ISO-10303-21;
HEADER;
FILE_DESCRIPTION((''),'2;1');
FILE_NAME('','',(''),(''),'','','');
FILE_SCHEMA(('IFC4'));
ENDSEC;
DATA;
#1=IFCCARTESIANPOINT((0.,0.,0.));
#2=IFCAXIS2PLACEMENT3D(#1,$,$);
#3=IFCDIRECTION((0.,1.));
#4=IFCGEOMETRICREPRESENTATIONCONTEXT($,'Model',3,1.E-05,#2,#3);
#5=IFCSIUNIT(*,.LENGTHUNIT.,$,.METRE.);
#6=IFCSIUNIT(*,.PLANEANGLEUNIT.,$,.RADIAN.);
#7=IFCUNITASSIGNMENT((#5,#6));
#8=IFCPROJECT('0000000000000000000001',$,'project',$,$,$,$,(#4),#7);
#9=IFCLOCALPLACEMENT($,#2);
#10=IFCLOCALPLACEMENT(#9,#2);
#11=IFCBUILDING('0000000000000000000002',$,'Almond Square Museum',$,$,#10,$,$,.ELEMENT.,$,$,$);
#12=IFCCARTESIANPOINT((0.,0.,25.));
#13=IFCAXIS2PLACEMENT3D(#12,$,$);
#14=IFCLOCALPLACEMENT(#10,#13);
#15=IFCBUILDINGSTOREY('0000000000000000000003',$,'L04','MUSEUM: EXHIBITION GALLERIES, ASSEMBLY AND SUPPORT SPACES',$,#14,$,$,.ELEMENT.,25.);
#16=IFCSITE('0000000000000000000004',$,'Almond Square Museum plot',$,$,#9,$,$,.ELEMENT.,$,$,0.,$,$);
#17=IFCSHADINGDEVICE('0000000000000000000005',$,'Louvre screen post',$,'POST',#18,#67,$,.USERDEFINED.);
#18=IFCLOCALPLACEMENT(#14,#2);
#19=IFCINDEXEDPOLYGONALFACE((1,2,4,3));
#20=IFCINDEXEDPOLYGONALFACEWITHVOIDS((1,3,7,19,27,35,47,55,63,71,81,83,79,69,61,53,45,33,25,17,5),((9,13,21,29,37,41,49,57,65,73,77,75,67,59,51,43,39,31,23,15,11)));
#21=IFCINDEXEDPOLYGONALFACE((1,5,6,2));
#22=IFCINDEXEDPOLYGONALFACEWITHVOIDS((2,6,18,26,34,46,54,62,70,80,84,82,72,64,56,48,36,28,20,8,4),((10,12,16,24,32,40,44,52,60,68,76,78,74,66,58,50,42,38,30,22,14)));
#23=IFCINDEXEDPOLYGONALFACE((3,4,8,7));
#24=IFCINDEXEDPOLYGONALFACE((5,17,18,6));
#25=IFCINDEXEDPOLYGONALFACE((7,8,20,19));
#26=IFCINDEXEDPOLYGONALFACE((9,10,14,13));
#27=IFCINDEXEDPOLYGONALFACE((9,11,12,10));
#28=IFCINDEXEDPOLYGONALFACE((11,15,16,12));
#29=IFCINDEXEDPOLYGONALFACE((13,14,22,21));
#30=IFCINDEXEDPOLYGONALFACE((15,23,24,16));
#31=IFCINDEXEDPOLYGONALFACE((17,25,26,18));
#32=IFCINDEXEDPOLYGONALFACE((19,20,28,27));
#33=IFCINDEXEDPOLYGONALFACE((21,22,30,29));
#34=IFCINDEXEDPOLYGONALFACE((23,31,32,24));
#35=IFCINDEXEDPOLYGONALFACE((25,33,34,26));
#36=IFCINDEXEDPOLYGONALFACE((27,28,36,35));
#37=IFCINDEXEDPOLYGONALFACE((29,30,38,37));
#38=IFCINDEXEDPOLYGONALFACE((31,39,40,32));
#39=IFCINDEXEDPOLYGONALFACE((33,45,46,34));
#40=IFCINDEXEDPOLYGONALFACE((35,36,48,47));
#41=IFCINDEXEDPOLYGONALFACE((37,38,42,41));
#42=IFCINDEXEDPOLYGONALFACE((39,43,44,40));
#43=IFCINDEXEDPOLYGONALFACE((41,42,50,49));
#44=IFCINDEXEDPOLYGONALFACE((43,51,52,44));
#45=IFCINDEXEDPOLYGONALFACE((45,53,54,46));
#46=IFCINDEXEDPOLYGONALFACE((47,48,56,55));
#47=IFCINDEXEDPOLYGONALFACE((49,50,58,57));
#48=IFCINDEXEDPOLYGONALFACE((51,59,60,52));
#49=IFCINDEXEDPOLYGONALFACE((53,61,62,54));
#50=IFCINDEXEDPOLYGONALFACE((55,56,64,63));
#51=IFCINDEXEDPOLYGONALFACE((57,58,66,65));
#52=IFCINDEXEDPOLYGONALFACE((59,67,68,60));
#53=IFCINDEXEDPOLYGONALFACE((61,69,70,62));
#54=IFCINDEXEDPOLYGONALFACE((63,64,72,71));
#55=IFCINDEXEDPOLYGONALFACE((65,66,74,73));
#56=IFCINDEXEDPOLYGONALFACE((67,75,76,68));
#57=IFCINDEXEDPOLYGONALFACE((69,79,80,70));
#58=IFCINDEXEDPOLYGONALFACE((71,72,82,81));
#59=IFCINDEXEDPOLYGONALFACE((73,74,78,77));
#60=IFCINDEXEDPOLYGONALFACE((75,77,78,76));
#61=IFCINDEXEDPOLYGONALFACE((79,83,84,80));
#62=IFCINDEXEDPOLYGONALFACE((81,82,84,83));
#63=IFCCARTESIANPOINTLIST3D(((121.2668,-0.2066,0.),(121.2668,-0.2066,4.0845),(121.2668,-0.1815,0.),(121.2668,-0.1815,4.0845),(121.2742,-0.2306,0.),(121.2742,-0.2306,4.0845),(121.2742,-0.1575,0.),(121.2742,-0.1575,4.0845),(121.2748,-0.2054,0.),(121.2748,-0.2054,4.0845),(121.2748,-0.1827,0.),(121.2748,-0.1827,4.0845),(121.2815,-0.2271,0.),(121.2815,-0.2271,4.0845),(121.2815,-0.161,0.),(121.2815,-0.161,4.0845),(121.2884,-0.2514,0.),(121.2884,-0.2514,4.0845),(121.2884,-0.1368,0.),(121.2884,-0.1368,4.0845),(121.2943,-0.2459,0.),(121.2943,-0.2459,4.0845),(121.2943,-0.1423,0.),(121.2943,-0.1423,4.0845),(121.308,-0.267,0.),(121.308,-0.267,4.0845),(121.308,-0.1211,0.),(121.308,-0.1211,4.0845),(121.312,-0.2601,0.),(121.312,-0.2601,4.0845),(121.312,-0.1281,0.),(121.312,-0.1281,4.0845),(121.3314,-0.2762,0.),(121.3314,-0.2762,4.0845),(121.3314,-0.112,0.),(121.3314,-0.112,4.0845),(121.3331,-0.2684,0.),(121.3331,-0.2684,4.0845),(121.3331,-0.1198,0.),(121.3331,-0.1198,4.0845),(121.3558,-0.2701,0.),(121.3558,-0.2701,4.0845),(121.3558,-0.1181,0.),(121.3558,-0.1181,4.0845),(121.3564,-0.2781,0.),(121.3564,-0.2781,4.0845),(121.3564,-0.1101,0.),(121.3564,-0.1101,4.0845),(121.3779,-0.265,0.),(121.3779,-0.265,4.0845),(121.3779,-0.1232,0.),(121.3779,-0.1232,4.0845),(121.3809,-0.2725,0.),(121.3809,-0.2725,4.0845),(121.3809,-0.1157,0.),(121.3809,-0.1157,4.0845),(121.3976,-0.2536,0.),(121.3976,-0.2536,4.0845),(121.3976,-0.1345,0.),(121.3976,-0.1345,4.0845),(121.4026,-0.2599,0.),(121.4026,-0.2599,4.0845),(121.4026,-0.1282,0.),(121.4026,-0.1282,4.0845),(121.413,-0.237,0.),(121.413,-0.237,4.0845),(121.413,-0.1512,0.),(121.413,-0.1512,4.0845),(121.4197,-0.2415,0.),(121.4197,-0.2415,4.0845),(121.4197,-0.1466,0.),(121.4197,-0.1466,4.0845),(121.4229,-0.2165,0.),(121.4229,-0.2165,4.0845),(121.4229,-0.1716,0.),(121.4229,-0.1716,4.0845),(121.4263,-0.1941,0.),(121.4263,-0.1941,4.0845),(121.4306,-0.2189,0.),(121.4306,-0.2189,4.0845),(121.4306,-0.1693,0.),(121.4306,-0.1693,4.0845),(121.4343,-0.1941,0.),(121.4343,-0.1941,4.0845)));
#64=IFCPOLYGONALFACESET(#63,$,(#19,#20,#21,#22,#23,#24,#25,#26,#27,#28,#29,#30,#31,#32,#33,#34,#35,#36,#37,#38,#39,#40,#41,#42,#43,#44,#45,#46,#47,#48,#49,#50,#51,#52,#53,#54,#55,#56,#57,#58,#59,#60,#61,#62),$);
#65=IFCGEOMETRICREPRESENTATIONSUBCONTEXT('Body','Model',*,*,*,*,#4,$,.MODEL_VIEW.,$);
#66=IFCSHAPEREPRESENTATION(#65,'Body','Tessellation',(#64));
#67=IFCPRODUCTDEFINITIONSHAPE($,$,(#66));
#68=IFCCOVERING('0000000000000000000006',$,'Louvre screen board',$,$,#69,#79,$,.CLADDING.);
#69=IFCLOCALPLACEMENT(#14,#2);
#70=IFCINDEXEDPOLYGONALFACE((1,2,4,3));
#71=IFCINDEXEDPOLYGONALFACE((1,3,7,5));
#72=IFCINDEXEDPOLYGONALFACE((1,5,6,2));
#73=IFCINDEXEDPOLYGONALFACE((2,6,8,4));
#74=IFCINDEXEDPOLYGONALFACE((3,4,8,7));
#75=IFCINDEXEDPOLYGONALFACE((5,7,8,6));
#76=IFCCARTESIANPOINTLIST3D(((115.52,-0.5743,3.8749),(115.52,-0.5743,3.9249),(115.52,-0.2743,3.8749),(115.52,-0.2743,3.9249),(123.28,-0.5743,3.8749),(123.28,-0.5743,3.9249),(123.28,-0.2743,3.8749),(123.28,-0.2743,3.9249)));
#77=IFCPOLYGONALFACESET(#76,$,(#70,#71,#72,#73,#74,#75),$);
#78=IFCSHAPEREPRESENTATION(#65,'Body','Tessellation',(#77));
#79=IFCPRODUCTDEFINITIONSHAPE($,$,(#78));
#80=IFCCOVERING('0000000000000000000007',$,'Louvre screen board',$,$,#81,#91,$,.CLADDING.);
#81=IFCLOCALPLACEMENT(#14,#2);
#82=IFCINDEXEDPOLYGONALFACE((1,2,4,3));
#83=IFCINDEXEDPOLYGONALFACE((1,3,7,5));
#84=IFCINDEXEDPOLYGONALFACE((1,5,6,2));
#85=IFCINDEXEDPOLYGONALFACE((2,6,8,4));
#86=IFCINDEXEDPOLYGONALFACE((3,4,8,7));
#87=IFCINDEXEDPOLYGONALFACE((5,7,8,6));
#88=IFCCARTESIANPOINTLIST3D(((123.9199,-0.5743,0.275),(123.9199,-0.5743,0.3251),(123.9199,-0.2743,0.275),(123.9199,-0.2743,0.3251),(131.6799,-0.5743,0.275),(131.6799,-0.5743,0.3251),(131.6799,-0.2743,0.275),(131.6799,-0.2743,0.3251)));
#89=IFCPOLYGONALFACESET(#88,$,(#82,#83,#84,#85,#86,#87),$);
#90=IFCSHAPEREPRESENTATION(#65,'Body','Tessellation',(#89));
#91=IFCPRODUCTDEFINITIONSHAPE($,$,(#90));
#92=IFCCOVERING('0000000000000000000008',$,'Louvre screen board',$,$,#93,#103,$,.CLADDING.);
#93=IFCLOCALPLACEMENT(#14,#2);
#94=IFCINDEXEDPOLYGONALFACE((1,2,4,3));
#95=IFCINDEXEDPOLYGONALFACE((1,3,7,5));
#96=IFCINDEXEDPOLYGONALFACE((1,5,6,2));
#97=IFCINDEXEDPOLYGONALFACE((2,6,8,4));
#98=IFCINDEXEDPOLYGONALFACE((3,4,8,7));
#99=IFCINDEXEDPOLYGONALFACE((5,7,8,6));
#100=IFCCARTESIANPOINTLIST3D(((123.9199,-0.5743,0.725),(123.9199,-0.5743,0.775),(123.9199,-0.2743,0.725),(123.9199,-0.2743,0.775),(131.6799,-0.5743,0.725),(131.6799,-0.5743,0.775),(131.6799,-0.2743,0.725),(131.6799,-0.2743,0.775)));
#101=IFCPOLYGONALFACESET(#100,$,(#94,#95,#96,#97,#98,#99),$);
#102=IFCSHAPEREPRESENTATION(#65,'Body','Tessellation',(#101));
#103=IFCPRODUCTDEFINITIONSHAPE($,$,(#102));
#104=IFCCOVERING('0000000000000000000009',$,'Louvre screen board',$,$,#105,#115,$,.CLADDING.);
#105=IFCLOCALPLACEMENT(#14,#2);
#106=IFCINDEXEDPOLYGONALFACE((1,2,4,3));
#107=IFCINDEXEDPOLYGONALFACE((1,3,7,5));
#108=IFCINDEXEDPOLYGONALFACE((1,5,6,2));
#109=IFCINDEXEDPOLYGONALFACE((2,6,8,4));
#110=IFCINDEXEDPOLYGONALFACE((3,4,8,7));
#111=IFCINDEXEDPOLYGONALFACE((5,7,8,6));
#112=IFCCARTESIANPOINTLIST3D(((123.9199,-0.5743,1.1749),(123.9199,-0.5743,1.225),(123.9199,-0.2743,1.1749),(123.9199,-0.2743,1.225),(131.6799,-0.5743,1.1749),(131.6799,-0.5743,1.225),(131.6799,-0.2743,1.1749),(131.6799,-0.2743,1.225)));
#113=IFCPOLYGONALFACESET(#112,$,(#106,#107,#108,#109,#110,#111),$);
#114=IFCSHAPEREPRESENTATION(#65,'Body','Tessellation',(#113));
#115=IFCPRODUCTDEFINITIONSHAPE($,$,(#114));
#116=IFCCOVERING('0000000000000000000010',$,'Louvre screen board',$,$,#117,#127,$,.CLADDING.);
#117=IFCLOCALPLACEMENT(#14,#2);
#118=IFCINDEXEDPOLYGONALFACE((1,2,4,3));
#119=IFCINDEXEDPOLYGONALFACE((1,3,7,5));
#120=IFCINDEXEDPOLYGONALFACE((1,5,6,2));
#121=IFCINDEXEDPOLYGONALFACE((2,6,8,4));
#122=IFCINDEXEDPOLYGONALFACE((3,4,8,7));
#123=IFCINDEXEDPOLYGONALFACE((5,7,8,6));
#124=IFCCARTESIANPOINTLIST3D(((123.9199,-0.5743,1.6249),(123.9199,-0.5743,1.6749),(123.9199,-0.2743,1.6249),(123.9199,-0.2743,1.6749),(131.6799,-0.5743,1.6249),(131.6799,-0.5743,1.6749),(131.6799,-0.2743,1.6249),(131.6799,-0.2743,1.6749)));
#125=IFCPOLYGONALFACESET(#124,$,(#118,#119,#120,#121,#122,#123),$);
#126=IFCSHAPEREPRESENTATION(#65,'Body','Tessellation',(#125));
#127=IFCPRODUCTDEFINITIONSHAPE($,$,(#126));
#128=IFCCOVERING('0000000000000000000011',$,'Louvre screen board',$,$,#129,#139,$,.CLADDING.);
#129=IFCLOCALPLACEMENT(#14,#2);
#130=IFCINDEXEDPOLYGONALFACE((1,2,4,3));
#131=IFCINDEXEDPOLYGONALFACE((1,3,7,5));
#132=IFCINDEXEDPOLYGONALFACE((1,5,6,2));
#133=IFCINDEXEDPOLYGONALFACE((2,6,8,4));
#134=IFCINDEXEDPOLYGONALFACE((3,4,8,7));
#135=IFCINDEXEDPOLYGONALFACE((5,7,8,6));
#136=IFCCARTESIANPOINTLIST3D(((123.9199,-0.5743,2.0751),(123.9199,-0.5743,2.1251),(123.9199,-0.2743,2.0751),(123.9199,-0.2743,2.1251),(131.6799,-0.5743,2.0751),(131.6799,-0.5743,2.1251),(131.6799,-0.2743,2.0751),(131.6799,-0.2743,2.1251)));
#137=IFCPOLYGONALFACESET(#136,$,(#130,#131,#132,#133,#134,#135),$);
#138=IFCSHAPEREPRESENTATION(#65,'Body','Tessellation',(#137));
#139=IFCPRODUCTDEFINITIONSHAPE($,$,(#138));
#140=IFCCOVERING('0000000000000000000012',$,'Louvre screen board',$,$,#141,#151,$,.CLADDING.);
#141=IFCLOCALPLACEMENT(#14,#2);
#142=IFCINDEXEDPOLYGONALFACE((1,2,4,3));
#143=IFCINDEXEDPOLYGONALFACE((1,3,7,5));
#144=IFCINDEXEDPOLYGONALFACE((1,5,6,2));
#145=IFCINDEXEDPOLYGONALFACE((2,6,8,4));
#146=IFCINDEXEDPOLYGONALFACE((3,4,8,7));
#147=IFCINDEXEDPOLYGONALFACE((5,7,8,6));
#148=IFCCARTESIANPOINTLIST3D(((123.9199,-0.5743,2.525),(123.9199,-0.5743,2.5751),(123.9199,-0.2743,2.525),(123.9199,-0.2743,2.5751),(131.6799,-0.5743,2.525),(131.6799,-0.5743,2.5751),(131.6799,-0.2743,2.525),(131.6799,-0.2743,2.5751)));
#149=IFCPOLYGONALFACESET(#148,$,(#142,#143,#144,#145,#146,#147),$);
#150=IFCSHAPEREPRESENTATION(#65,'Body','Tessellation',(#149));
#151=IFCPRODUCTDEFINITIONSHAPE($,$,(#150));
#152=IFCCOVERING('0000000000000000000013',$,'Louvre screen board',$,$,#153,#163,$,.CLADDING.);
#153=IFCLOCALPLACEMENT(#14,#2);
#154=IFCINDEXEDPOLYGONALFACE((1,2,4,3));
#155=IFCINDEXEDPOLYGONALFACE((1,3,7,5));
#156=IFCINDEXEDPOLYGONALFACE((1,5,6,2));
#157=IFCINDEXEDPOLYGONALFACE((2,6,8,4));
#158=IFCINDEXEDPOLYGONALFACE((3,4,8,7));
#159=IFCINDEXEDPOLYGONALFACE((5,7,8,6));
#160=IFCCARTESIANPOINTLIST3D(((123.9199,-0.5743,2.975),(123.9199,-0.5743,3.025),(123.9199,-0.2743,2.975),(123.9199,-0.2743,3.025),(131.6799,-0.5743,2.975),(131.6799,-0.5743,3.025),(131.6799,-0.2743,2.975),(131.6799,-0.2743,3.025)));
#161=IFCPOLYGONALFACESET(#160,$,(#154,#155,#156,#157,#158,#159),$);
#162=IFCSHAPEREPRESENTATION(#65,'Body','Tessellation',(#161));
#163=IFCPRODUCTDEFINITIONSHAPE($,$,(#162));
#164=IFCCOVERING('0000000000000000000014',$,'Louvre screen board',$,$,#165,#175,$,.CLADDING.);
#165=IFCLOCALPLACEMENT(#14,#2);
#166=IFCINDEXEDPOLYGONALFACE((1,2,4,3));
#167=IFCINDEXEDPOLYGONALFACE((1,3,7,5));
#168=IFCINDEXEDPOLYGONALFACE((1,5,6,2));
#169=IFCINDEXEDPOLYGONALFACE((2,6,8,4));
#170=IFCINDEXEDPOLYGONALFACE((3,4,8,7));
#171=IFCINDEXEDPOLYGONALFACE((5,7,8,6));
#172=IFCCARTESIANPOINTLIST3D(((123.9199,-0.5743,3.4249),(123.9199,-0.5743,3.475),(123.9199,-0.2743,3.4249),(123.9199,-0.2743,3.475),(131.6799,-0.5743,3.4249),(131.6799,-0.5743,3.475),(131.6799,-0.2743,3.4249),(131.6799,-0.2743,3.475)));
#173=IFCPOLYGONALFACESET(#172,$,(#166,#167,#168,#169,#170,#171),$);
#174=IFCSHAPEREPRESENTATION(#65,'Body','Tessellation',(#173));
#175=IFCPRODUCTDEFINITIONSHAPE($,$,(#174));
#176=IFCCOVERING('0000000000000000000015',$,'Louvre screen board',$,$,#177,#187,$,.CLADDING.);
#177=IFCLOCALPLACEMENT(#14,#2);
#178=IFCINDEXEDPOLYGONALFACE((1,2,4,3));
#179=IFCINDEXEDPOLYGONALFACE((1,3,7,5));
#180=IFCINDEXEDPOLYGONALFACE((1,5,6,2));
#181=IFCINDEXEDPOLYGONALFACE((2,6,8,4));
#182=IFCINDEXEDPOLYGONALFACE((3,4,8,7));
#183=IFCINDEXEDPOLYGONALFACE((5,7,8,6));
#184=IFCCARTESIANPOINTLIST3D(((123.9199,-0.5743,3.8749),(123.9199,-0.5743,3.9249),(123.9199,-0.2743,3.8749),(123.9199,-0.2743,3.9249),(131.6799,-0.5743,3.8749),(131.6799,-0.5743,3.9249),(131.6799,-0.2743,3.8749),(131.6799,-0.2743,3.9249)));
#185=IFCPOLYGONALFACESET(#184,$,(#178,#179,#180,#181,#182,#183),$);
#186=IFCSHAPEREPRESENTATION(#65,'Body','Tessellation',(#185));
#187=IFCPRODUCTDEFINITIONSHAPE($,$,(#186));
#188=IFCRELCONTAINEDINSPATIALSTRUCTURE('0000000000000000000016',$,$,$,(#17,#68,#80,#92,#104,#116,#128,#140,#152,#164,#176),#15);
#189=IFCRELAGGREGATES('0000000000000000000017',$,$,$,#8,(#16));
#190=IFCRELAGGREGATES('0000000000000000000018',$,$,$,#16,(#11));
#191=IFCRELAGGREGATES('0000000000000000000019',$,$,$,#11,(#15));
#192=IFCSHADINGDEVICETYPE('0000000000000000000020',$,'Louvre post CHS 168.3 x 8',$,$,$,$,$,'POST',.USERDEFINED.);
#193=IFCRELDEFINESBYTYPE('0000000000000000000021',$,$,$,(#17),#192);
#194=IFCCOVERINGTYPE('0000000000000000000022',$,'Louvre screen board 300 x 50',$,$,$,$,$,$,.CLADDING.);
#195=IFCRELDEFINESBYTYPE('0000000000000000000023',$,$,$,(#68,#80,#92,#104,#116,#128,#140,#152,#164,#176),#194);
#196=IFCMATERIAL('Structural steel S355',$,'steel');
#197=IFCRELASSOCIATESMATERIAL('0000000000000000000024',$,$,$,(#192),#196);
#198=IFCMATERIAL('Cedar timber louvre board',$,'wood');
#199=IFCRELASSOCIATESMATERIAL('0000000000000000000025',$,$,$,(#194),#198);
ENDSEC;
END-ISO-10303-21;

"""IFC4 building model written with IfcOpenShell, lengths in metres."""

from ifc_helpers import new_model, si_unit, direction, frame, origin, origin_2d, place, context, subcontext, project, spatial, rectangle, hollow_circle, extrude, material, material_profile, profile_set, type_object, element, save


model = new_model("IFC4")

# Units and contexts
model_context = context("Model", 3, precision=1e-05, world=origin(), true_north=direction((0.0, 1.0)))
body_context = subcontext(model_context, "Body", "Model", "MODEL_VIEW")
ifc_project = project(units=[si_unit("LENGTHUNIT", "METRE"), si_unit("PLANEANGLEUNIT", "RADIAN")], contexts=[model_context])

# Site, building, storey
site_placement = place(None, origin())
site = spatial("IfcSite", under=ifc_project, at=site_placement, Name="Almond Square Museum plot", CompositionType="ELEMENT", RefElevation=0.0)
building_placement = place(site_placement, origin())
building = spatial("IfcBuilding", under=site, at=building_placement, Name="Almond Square Museum", CompositionType="ELEMENT")
storey_placement = place(building_placement, frame((0.0, 0.0, 25.0)))
storey = spatial("IfcBuildingStorey", under=building, at=storey_placement, Name="L04", Description="MUSEUM: EXHIBITION GALLERIES, ASSEMBLY AND SUPPORT SPACES", CompositionType="ELEMENT", Elevation=25.0)

# Shading device
ifc_material_1 = material(Name="Structural steel S355", Category="steel")
ifc_material_profile_1 = material_profile(ifc_material_1, hollow_circle(Radius=0.0842, WallThickness=0.0081, at=origin_2d()))
ifc_profile_set_1 = profile_set([ifc_material_profile_1], Name="Structural steel S355")
shading_device_type = type_object("IfcShadingDeviceType", Name="Louvre post CHS 168.3 x 8", ElementType="POST", PredefinedType="USERDEFINED", material=ifc_profile_set_1)
for number, where, z_axis, x_axis, name in (
    (1, (121.3501, -0.1941, 0.0), (0.0, 0.0, 1.0), (1.0, 0.0, 0.0), "Louvre screen post"),
):
    element("IfcShadingDevice", number, at=place(storey_placement, frame(where, z_axis=z_axis, x_axis=x_axis)), inside=storey, type_object=shading_device_type, Name=name, ObjectType="POST", PredefinedType="USERDEFINED", context=body_context, shape_type="SweptSolid", body=[
        extrude(hollow_circle(Radius=0.0842, WallThickness=0.0081, at=origin_2d()), origin(), (0.0, 0.0, 1.0), 4.0845),
    ])

# Coverings
ifc_material_2 = material(Name="Cedar timber louvre board", Category="wood")
ifc_material_profile_2 = material_profile(ifc_material_2, rectangle(XDim=0.3, YDim=0.05, at=origin_2d()))
ifc_profile_set_2 = profile_set([ifc_material_profile_2], Name="Cedar timber louvre board")
covering_type = type_object("IfcCoveringType", Name="Louvre screen board 300 x 50", PredefinedType="CLADDING", material=ifc_profile_set_2)
for number, where, z_axis, x_axis, name in (
    (2, (115.52, -0.4243, 3.8999), (1.0, 0.0, 0.0), (0.0, 1.0, 0.0), "Louvre screen board"),
    (3, (123.9199, -0.4243, 0.3), (1.0, 0.0, 0.0), (0.0, 1.0, 0.0), "Louvre screen board"),
    (4, (123.9199, -0.4243, 0.75), (1.0, 0.0, 0.0), (0.0, 1.0, 0.0), "Louvre screen board"),
    (5, (123.9199, -0.4243, 1.2), (1.0, 0.0, 0.0), (0.0, 1.0, 0.0), "Louvre screen board"),
    (6, (123.9199, -0.4243, 1.6499), (1.0, 0.0, 0.0), (0.0, 1.0, 0.0), "Louvre screen board"),
    (7, (123.9199, -0.4243, 2.1001), (1.0, 0.0, 0.0), (0.0, 1.0, 0.0), "Louvre screen board"),
    (8, (123.9199, -0.4243, 2.55), (1.0, 0.0, 0.0), (0.0, 1.0, 0.0), "Louvre screen board"),
    (9, (123.9199, -0.4243, 3.0), (1.0, 0.0, 0.0), (0.0, 1.0, 0.0), "Louvre screen board"),
    (10, (123.9199, -0.4243, 3.45), (1.0, 0.0, 0.0), (0.0, 1.0, 0.0), "Louvre screen board"),
    (11, (123.9199, -0.4243, 3.8999), (1.0, 0.0, 0.0), (0.0, 1.0, 0.0), "Louvre screen board"),
):
    element("IfcCovering", number, at=place(storey_placement, frame(where, z_axis=z_axis, x_axis=x_axis)), inside=storey, type_object=covering_type, Name=name, PredefinedType="CLADDING", context=body_context, shape_type="SweptSolid", body=[
        extrude(rectangle(XDim=0.3, YDim=0.05, at=origin_2d()), origin(), (0.0, 0.0, 1.0), 7.76),
    ])

save(model, "model.ifc")
